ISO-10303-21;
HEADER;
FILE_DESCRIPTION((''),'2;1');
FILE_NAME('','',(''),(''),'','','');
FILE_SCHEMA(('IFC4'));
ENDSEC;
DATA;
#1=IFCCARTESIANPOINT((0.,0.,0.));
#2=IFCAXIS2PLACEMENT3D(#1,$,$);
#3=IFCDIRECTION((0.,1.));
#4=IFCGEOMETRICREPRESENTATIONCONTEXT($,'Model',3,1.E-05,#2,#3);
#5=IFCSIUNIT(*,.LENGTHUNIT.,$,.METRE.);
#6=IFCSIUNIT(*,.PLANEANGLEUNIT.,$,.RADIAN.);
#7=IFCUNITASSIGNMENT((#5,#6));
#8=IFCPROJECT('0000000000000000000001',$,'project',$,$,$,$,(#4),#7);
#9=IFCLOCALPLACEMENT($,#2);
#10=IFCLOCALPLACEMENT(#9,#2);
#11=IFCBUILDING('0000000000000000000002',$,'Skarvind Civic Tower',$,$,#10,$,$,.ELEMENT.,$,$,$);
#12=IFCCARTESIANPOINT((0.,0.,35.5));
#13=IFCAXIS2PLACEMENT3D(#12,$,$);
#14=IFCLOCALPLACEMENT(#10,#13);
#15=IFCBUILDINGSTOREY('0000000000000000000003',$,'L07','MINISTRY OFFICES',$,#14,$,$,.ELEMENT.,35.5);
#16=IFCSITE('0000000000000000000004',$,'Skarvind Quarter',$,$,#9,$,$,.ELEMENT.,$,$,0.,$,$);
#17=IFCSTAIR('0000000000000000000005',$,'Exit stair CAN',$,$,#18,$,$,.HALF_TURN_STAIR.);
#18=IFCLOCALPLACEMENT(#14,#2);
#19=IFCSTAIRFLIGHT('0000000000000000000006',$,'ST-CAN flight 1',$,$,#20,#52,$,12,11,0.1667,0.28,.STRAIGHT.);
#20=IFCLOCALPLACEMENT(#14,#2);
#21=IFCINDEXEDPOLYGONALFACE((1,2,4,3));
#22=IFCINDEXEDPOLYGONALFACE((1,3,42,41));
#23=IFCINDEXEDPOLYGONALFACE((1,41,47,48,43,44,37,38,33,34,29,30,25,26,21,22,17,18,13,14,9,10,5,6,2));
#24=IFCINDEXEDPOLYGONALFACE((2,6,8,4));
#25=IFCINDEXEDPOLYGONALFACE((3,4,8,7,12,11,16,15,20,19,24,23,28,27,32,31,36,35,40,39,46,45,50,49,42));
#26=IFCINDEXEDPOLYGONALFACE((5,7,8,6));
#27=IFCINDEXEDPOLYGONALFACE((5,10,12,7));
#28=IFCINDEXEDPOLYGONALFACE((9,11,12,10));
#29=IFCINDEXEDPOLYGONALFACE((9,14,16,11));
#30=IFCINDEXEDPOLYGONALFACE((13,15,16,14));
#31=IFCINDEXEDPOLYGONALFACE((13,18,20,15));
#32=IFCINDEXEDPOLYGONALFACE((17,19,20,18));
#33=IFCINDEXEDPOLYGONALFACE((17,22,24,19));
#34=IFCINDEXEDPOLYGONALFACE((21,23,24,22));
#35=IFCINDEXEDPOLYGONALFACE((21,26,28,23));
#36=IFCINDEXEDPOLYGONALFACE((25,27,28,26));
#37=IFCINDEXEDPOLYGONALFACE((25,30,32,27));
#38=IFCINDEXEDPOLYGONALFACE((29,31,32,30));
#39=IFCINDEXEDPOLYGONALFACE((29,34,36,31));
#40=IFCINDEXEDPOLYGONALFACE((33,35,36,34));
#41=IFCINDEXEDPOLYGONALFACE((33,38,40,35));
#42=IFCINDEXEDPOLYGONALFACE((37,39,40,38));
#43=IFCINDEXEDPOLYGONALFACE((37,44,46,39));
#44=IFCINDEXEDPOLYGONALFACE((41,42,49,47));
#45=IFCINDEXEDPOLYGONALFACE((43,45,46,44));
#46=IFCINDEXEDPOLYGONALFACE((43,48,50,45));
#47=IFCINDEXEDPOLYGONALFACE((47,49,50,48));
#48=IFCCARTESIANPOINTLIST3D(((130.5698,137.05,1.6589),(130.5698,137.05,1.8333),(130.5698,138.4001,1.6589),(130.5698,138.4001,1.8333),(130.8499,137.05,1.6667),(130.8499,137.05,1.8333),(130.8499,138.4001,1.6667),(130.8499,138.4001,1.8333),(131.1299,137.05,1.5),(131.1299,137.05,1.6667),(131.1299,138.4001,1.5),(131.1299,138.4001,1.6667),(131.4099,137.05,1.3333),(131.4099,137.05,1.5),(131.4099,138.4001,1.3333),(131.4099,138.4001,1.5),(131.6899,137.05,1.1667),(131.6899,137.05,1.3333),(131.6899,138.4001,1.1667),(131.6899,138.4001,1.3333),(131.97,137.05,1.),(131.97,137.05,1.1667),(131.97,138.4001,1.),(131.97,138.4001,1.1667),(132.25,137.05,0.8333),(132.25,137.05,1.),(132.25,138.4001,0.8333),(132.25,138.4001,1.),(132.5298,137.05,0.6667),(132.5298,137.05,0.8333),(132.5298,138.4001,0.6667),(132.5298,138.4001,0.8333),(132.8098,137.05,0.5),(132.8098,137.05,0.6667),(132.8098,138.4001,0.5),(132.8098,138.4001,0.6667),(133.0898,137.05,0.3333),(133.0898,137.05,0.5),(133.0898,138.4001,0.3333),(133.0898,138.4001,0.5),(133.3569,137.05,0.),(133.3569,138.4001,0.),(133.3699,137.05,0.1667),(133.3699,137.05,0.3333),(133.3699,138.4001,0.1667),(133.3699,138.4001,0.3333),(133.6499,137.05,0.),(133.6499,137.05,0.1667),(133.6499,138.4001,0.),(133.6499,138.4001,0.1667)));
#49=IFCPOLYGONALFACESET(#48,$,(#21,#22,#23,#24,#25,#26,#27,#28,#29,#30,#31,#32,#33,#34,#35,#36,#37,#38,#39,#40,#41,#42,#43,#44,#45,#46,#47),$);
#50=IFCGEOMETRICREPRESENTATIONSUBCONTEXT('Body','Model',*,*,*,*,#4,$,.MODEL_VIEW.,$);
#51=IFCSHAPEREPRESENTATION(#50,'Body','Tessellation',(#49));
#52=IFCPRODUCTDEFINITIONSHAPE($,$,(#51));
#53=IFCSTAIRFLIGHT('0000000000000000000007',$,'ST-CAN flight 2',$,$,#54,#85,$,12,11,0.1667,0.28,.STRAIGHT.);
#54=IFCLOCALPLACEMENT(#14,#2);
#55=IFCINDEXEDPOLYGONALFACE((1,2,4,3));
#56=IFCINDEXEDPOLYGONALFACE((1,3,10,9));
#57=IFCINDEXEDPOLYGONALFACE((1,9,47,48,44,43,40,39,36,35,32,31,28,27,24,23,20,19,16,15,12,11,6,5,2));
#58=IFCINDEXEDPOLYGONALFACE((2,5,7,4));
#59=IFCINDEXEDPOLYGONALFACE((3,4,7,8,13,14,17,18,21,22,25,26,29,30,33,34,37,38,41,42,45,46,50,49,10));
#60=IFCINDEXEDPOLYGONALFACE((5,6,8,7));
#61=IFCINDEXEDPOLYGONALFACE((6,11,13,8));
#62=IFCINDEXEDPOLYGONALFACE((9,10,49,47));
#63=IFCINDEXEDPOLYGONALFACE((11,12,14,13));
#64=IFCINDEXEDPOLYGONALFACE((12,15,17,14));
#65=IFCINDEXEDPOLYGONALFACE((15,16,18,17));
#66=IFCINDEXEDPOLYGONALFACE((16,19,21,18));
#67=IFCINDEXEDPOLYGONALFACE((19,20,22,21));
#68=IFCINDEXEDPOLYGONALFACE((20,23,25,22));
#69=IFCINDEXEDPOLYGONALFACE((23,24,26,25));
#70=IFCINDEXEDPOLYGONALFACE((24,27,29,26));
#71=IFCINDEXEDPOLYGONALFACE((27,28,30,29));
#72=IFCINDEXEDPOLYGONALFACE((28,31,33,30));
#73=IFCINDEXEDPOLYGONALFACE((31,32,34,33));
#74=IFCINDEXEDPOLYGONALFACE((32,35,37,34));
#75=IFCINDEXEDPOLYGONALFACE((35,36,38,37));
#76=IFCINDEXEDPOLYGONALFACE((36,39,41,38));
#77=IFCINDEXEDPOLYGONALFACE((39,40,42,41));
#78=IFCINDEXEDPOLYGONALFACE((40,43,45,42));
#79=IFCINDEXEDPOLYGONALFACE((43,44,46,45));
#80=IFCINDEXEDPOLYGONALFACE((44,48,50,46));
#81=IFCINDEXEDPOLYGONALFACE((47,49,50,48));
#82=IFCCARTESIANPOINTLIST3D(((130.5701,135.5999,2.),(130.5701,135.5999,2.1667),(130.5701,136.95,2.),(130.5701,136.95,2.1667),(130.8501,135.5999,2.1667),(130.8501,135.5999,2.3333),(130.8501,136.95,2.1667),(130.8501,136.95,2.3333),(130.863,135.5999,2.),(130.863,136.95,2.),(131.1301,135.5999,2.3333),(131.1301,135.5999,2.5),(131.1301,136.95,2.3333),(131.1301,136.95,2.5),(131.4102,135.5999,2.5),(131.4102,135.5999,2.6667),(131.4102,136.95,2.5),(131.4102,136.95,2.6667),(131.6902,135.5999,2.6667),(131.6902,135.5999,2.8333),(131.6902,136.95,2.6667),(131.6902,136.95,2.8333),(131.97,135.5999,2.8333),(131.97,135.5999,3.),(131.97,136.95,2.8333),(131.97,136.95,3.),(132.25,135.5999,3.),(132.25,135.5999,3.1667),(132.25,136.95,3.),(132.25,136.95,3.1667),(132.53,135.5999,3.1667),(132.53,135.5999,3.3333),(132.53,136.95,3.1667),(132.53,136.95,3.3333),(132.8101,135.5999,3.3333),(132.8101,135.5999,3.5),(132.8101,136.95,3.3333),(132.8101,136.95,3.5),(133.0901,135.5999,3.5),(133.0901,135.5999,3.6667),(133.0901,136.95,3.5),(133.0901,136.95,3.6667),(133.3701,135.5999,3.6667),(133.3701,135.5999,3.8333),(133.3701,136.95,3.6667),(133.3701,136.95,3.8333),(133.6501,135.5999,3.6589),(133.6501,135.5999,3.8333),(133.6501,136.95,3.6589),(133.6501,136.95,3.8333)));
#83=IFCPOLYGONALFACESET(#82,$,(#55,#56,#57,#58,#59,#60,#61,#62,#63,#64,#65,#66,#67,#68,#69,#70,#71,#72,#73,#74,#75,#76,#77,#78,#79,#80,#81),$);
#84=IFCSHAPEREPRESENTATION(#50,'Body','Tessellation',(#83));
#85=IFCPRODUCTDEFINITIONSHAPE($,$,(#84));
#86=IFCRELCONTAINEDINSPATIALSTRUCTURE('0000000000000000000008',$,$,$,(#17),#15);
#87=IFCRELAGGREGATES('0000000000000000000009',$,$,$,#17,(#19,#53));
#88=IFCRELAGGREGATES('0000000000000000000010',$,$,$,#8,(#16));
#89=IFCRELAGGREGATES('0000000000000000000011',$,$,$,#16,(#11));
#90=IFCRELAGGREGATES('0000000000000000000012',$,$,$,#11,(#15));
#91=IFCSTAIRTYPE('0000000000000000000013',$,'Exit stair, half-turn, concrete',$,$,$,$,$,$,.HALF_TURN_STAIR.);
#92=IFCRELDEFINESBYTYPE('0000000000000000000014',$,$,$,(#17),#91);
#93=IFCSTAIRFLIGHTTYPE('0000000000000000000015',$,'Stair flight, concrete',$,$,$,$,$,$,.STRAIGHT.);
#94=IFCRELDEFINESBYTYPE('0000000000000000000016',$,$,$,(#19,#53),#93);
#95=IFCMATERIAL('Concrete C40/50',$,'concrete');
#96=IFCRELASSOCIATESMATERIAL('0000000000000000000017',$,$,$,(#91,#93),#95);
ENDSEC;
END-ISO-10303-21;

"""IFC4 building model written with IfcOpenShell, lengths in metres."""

from ifc_helpers import new_model, si_unit, direction, frame, origin, place, context, subcontext, project, spatial, polyline, outline, extrude, material, type_object, element, aggregate, save


model = new_model("IFC4")

# Units and contexts
model_context = context("Model", 3, precision=1e-05, world=origin(), true_north=direction((0.0, 1.0)))
body_context = subcontext(model_context, "Body", "Model", "MODEL_VIEW")
ifc_project = project(units=[si_unit("LENGTHUNIT", "METRE"), si_unit("PLANEANGLEUNIT", "RADIAN")], contexts=[model_context])

# Site, building, storey
site_placement = place(None, origin())
site = spatial("IfcSite", under=ifc_project, at=site_placement, Name="Skarvind Quarter", CompositionType="ELEMENT", RefElevation=0.0)
building_placement = place(site_placement, origin())
building = spatial("IfcBuilding", under=site, at=building_placement, Name="Skarvind Civic Tower", CompositionType="ELEMENT")
storey_placement = place(building_placement, frame((0.0, 0.0, 35.5)))
storey = spatial("IfcBuildingStorey", under=building, at=storey_placement, Name="L07", Description="MINISTRY OFFICES", CompositionType="ELEMENT", Elevation=35.5)

# Stair, stair flights
ifc_material_1 = material(Name="Concrete C40/50", Category="concrete")
stair_type = type_object("IfcStairType", Name="Exit stair, half-turn, concrete", PredefinedType="HALF_TURN_STAIR", material=ifc_material_1)
stair_placement = place(storey_placement, origin())
stair = element("IfcStair", 1, at=stair_placement, inside=storey, type_object=stair_type, Name="Exit stair CAN", PredefinedType="HALF_TURN_STAIR")
stair_flight_type = type_object("IfcStairFlightType", Name="Stair flight, concrete", PredefinedType="STRAIGHT", material=ifc_material_1)
stair_flight_1_placement = place(storey_placement, frame((133.6499, 137.7251, 0.0), z_axis=(0.0, 0.0, 1.0), x_axis=(-1.0, 0.0, 0.0)))
stair_flight_1 = element("IfcStairFlight", 2, at=stair_flight_1_placement, type_object=stair_flight_type, Name="ST-CAN flight 1", NumberOfRisers=12, NumberOfTreads=11, PredefinedType="STRAIGHT", RiserHeight=0.1667, TreadLength=0.28, context=body_context, shape_type="SweptSolid", body=[
    extrude(outline(polyline([(0.0, 0.0), (0.0, 0.1667), (0.28, 0.1667), (0.28, 0.3333), (0.5601, 0.3333), (0.5601, 0.5), (0.8401, 0.5), (0.8401, 0.6667), (1.1201, 0.6667), (1.1201, 0.8333), (1.3999, 0.8333), (1.3999, 1.0), (1.6799, 1.0), (1.6799, 1.1667), (1.96, 1.1667), (1.96, 1.3333), (2.24, 1.3333), (2.24, 1.5), (2.52, 1.5), (2.52, 1.6667), (2.8, 1.6667), (2.8, 1.8333), (3.0801, 1.8333), (3.0801, 2.0), (3.0801, 1.6589), (0.293, 0.0), (0.0, 0.0)])), frame((0.0, 0.675, 0.0), z_axis=(0.0, -1.0, 0.0), x_axis=(1.0, 0.0, 0.0)), (0.0, 0.0, 1.0), 1.3501),
])
stair_flight_2_placement = place(storey_placement, frame((130.5701, 136.2749, 2.0), z_axis=(0.0, 0.0, 1.0), x_axis=(1.0, 0.0, 0.0)))
stair_flight_2 = element("IfcStairFlight", 3, at=stair_flight_2_placement, type_object=stair_flight_type, Name="ST-CAN flight 2", NumberOfRisers=12, NumberOfTreads=11, PredefinedType="STRAIGHT", RiserHeight=0.1667, TreadLength=0.28, context=body_context, shape_type="SweptSolid", body=[
    extrude(outline(polyline([(0.0, 0.0), (0.0, 0.1667), (0.28, 0.1667), (0.28, 0.3333), (0.5601, 0.3333), (0.5601, 0.5), (0.8401, 0.5), (0.8401, 0.6667), (1.1201, 0.6667), (1.1201, 0.8333), (1.3999, 0.8333), (1.3999, 1.0), (1.6799, 1.0), (1.6799, 1.1667), (1.96, 1.1667), (1.96, 1.3333), (2.24, 1.3333), (2.24, 1.5), (2.52, 1.5), (2.52, 1.6667), (2.8, 1.6667), (2.8, 1.8333), (3.0801, 1.8333), (3.0801, 2.0), (3.0801, 1.6589), (0.293, 0.0), (0.0, 0.0)])), frame((0.0, 0.675, 0.0), z_axis=(0.0, -1.0, 0.0), x_axis=(1.0, 0.0, 0.0)), (0.0, 0.0, 1.0), 1.3501),
])
aggregate(stair, [stair_flight_1, stair_flight_2])

save(model, "model.ifc")
